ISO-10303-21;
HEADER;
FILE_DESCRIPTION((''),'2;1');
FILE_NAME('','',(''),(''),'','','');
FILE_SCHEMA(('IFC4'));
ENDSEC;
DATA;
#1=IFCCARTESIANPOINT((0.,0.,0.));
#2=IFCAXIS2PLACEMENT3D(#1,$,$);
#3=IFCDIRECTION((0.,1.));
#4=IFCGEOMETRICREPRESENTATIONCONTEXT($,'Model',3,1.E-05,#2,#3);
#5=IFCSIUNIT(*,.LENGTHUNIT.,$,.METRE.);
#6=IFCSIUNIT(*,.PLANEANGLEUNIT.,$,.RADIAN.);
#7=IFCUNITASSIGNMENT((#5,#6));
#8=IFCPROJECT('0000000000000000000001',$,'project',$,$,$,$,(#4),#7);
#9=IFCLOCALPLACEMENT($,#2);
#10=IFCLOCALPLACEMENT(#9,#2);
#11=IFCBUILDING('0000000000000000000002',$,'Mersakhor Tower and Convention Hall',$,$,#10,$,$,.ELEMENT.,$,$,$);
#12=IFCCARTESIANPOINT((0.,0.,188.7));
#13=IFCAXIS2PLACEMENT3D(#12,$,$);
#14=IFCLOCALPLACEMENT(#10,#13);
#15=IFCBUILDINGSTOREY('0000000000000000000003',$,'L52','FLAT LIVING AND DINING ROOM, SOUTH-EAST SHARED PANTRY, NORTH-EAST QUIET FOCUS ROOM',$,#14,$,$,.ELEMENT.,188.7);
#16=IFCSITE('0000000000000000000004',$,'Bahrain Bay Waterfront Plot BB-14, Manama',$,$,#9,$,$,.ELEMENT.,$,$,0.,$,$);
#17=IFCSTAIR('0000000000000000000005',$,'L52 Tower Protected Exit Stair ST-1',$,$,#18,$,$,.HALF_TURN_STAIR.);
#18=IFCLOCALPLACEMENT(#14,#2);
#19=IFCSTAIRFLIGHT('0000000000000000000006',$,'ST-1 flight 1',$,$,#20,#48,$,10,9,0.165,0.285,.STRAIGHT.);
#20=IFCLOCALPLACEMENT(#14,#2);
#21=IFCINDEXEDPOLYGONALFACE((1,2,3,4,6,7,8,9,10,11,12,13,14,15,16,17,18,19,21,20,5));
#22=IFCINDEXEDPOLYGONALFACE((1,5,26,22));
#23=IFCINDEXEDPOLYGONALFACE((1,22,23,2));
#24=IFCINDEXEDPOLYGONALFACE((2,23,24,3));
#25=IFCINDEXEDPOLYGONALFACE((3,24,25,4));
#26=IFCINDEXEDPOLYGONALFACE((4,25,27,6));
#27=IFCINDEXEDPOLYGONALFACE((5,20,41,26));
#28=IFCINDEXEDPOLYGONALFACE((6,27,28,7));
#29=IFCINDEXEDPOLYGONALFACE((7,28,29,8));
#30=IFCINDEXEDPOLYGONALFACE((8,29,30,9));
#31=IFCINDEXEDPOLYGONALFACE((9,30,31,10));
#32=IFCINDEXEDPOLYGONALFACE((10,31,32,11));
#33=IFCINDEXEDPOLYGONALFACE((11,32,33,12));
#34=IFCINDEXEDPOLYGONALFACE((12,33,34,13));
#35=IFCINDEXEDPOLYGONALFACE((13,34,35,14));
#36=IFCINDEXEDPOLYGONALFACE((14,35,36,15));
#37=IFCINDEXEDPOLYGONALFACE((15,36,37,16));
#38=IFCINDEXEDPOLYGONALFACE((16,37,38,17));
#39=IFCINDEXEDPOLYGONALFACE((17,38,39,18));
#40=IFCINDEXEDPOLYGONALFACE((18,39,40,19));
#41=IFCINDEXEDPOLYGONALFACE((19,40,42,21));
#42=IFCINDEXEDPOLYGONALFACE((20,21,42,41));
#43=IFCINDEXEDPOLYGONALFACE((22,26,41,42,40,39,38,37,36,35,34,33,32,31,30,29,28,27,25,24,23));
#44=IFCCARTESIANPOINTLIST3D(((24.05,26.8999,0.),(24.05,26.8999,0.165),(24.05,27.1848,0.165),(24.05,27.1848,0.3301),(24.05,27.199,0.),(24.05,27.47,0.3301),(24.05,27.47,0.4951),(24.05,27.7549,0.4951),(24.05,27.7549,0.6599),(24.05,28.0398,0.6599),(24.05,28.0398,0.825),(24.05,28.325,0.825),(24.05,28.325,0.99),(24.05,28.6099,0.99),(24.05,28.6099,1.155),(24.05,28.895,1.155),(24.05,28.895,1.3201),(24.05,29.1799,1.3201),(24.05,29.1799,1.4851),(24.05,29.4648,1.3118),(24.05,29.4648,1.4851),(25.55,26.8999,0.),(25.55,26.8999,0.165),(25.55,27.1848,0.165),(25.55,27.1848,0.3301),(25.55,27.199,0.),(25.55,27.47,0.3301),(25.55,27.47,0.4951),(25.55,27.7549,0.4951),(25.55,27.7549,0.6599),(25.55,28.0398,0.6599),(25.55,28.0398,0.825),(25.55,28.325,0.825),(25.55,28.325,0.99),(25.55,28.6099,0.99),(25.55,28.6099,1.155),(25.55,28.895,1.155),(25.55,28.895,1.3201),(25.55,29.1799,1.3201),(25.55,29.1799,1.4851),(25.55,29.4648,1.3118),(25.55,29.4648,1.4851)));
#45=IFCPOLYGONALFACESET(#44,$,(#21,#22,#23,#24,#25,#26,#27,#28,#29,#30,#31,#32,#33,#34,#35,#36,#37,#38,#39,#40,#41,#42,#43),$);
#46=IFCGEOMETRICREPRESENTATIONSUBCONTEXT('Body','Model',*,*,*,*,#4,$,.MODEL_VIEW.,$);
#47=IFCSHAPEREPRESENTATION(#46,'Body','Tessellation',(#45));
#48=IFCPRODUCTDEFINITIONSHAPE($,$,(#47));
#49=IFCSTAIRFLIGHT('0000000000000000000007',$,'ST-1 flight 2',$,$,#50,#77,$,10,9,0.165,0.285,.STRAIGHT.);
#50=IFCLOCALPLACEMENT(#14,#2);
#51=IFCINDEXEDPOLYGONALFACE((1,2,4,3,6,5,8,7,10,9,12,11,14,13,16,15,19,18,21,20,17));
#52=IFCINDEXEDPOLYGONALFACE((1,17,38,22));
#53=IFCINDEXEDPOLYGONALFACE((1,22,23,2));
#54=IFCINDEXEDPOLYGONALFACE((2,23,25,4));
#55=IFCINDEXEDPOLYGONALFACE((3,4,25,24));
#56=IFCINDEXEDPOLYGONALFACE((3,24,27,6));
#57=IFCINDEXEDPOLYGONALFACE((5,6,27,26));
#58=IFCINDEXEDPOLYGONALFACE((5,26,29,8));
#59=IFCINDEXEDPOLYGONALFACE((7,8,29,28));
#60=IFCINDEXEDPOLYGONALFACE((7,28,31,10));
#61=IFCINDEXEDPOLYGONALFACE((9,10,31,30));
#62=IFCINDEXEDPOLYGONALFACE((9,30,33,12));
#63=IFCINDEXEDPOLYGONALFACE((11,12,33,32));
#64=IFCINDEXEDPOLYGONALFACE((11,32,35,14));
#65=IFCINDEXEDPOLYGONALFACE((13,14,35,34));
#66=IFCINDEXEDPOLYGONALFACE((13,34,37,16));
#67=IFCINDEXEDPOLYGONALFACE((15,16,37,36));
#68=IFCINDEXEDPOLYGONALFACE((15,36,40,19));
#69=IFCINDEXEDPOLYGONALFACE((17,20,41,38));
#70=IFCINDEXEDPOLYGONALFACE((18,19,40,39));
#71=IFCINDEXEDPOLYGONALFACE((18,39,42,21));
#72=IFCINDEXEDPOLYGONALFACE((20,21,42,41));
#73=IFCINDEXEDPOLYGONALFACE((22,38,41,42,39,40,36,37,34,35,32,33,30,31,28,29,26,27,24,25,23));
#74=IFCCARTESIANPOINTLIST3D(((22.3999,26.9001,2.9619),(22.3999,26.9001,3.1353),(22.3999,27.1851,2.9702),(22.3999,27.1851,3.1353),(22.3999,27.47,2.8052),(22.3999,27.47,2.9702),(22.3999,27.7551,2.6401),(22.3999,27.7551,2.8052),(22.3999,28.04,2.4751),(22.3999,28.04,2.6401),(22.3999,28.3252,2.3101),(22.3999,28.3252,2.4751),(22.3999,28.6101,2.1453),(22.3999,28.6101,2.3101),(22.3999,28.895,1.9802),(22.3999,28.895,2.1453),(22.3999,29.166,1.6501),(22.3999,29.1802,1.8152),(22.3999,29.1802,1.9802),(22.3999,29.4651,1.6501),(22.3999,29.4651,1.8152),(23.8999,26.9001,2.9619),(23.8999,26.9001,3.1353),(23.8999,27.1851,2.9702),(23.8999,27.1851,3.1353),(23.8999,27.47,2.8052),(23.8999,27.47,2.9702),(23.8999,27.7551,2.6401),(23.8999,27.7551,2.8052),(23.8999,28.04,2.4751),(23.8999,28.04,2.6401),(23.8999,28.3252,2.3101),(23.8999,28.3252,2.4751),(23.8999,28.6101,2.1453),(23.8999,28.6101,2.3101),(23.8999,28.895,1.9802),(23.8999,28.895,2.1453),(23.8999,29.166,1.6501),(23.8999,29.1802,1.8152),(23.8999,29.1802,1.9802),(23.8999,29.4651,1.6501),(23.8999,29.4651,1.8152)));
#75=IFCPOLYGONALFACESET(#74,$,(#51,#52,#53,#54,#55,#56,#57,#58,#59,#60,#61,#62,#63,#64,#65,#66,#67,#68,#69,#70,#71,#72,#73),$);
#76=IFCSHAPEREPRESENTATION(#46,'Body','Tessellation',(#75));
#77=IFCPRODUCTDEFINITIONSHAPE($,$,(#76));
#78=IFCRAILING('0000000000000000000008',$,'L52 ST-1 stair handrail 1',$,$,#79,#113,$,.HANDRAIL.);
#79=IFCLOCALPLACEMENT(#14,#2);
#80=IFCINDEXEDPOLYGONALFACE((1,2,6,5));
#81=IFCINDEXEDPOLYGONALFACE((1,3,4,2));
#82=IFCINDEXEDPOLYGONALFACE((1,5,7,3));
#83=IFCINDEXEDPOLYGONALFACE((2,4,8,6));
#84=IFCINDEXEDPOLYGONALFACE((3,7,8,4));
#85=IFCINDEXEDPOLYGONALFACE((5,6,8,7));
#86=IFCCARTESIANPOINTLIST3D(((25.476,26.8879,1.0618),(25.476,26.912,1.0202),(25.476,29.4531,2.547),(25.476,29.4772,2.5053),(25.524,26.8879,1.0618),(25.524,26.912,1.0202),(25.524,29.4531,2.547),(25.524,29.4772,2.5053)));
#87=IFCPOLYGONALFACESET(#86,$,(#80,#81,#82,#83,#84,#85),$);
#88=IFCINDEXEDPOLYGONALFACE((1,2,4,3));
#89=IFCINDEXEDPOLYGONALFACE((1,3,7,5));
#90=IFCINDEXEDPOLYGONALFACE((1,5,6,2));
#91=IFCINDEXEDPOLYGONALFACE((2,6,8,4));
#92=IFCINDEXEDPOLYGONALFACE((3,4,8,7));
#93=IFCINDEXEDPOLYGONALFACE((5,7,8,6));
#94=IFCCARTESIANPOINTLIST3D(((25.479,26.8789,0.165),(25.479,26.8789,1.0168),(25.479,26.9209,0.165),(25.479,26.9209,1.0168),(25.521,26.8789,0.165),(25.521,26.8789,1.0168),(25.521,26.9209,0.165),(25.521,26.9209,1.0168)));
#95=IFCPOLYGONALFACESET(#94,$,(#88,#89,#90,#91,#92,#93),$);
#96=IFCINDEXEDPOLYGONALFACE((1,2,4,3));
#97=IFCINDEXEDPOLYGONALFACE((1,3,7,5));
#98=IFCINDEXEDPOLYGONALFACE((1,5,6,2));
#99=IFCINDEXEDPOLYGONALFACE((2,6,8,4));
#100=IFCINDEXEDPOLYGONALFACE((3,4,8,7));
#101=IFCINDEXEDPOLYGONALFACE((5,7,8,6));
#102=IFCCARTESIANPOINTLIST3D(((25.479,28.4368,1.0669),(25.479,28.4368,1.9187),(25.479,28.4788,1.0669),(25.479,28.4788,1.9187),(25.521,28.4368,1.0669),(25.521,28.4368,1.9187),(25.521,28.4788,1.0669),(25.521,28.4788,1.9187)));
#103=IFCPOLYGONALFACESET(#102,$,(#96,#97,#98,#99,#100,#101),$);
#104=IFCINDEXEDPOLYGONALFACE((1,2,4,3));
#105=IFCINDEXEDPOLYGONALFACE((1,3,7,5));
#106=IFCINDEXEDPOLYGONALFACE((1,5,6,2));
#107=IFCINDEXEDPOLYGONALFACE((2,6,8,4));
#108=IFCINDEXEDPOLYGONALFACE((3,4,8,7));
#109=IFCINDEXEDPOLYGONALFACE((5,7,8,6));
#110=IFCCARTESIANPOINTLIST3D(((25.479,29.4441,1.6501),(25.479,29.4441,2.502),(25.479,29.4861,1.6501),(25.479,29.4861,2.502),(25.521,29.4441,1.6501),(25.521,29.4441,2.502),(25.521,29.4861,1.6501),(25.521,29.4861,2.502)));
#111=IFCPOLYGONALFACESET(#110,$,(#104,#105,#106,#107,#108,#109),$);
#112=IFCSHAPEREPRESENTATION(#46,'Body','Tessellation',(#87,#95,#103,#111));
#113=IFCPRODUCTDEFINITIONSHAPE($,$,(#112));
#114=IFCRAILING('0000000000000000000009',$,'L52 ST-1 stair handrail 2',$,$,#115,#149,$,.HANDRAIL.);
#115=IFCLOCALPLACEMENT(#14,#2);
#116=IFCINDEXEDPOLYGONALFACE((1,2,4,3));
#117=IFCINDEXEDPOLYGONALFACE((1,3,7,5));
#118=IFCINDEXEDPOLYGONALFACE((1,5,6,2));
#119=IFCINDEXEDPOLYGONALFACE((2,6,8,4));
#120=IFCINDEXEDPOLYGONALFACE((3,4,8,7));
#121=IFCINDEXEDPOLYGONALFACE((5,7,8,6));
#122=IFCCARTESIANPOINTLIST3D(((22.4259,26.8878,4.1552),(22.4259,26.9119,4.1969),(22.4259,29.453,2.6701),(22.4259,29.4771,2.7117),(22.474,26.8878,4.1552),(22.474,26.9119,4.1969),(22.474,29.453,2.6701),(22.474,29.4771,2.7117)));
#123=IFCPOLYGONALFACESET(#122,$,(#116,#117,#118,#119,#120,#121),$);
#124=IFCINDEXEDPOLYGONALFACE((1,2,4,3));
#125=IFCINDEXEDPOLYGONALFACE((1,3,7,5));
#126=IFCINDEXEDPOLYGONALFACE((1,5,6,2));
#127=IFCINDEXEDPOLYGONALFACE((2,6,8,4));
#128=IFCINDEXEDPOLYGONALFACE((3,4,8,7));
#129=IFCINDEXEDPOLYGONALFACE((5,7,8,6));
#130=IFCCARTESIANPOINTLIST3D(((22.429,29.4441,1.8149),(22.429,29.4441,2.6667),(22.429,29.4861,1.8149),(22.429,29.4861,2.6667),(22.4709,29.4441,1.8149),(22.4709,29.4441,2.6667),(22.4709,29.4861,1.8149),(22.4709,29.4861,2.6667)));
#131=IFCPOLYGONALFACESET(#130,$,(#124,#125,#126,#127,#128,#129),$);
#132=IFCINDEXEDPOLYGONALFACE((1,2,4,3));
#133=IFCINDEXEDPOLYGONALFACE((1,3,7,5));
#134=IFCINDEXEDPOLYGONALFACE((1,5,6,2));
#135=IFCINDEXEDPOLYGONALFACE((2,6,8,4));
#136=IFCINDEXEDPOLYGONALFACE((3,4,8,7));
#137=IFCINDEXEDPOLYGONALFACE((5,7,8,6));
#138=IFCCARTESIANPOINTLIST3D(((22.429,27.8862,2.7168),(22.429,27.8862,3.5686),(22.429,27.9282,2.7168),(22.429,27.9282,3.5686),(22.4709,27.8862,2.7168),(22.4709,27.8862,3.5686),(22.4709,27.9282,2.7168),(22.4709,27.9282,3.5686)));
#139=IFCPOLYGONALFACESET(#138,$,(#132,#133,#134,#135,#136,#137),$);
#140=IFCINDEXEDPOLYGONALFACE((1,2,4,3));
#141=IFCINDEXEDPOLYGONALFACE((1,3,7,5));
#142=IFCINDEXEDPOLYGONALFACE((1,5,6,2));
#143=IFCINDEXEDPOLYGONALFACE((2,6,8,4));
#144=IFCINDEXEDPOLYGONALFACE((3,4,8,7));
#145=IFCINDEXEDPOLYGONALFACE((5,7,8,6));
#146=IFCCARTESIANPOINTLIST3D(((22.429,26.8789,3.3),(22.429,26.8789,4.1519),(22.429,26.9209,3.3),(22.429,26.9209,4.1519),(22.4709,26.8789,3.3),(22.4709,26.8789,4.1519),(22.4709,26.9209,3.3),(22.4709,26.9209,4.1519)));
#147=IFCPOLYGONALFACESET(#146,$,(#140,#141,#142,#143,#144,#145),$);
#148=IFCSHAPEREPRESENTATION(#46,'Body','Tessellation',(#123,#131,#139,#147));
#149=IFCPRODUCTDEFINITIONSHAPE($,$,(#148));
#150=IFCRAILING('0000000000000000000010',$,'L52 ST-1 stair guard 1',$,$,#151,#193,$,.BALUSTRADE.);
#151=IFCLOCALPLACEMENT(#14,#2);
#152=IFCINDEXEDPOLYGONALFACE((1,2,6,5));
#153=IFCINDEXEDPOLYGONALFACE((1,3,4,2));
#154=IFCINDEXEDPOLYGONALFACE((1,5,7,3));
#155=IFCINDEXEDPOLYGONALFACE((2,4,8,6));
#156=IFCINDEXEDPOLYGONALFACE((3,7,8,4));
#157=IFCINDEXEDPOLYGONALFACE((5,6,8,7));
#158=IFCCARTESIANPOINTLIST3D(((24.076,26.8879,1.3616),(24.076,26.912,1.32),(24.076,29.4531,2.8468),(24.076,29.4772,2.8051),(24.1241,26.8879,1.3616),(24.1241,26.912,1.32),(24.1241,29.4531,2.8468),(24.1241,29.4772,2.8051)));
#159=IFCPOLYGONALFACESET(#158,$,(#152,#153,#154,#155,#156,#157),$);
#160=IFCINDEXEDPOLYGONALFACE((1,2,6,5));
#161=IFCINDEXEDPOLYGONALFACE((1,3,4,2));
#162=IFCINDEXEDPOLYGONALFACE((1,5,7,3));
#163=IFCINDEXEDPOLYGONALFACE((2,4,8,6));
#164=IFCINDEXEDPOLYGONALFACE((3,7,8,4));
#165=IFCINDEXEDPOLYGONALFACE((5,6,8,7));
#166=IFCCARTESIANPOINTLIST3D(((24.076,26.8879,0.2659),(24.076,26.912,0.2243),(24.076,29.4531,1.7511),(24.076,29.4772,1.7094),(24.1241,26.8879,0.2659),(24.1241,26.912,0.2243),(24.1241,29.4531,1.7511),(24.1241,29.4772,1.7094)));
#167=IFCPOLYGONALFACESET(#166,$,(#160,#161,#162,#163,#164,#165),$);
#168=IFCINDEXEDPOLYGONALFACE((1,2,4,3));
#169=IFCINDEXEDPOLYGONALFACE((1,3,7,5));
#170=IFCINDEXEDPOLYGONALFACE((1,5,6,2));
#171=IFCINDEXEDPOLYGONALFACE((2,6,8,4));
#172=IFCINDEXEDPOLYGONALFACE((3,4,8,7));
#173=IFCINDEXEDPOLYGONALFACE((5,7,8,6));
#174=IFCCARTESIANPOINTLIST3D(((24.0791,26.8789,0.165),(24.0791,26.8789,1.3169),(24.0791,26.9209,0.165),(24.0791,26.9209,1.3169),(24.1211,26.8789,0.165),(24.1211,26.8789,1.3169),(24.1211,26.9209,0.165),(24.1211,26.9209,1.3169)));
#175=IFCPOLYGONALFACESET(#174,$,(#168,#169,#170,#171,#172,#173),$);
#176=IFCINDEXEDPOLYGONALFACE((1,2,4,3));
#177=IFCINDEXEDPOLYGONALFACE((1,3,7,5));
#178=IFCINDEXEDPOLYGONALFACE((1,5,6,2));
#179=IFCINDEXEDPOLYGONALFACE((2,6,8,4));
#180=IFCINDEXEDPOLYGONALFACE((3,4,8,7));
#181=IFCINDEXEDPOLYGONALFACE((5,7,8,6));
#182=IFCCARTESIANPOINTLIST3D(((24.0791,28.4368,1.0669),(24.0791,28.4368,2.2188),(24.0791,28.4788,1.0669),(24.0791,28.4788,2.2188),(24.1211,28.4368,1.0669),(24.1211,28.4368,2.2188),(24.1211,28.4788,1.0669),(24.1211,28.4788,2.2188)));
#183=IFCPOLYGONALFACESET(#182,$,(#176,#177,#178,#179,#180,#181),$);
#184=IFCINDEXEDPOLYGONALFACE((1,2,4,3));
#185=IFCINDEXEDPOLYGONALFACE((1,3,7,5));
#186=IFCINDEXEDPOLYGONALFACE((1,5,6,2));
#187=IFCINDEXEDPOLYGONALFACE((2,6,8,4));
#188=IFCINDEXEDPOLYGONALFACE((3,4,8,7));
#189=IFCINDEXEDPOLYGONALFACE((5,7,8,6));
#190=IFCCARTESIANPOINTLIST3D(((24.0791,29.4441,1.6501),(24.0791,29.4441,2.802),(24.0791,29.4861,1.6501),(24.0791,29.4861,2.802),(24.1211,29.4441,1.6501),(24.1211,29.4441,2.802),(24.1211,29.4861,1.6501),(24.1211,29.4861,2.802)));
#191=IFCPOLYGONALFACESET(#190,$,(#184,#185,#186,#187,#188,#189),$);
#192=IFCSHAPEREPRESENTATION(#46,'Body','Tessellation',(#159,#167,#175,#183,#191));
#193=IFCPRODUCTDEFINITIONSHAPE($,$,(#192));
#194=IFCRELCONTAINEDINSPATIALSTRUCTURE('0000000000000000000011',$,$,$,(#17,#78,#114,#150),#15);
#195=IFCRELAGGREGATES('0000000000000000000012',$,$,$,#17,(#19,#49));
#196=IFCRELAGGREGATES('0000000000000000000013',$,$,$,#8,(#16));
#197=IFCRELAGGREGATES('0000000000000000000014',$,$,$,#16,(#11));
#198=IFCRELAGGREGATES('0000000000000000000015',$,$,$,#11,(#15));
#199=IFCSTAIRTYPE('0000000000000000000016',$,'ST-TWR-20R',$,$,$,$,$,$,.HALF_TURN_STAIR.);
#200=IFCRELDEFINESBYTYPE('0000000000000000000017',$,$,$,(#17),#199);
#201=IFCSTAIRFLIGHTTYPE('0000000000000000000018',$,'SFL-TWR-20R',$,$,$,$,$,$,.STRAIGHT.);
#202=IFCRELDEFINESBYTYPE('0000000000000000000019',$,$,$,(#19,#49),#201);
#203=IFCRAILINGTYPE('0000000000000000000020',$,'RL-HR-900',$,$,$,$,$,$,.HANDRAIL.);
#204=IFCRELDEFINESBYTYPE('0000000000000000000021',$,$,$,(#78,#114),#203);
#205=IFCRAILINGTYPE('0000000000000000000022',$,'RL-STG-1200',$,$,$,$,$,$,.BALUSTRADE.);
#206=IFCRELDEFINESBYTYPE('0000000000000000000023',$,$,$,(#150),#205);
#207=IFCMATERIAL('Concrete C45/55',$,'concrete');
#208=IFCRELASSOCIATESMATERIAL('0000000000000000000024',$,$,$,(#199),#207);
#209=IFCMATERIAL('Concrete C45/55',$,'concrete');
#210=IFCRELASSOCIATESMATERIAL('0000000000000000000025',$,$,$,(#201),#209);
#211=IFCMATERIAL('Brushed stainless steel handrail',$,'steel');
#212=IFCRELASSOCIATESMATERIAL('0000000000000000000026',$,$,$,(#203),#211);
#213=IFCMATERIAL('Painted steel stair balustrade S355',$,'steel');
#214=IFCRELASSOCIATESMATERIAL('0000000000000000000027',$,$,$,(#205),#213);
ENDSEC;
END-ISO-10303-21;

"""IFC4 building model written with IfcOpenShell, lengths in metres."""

from ifc_helpers import new_model, si_unit, direction, frame, origin, origin_2d, place, context, subcontext, project, spatial, polyline, rectangle, outline, extrude, material, type_object, element, aggregate, save


model = new_model("IFC4")

# Units and contexts
model_context = context("Model", 3, precision=1e-05, world=origin(), true_north=direction((0.0, 1.0)))
body_context = subcontext(model_context, "Body", "Model", "MODEL_VIEW")
ifc_project = project(units=[si_unit("LENGTHUNIT", "METRE"), si_unit("PLANEANGLEUNIT", "RADIAN")], contexts=[model_context])

# Site, building, storey
site_placement = place(None, origin())
site = spatial("IfcSite", under=ifc_project, at=site_placement, Name="Bahrain Bay Waterfront Plot BB-14, Manama", CompositionType="ELEMENT", RefElevation=0.0)
building_placement = place(site_placement, origin())
building = spatial("IfcBuilding", under=site, at=building_placement, Name="Mersakhor Tower and Convention Hall", CompositionType="ELEMENT")
storey_placement = place(building_placement, frame((0.0, 0.0, 188.7)))
storey = spatial("IfcBuildingStorey", under=building, at=storey_placement, Name="L52", Description="FLAT LIVING AND DINING ROOM, SOUTH-EAST SHARED PANTRY, NORTH-EAST QUIET FOCUS ROOM", CompositionType="ELEMENT", Elevation=188.7)

# Stair, stair flights
ifc_material_1 = material(Name="Concrete C45/55", Category="concrete")
stair_type = type_object("IfcStairType", Name="ST-TWR-20R", PredefinedType="HALF_TURN_STAIR", material=ifc_material_1)
stair_placement = place(storey_placement, origin())
stair = element("IfcStair", 1, at=stair_placement, inside=storey, type_object=stair_type, Name="L52 Tower Protected Exit Stair ST-1", PredefinedType="HALF_TURN_STAIR")
ifc_material_2 = material(Name="Concrete C45/55", Category="concrete")
stair_flight_type = type_object("IfcStairFlightType", Name="SFL-TWR-20R", PredefinedType="STRAIGHT", material=ifc_material_2)
stair_flight_1_placement = place(storey_placement, frame((24.8, 26.8999, 0.0), z_axis=(0.0, 0.0, 1.0), x_axis=(0.0, 1.0, 0.0)))
stair_flight_1 = element("IfcStairFlight", 2, at=stair_flight_1_placement, type_object=stair_flight_type, Name="ST-1 flight 1", NumberOfRisers=10, NumberOfTreads=9, PredefinedType="STRAIGHT", RiserHeight=0.165, TreadLength=0.285, context=body_context, shape_type="SweptSolid", body=[
    extrude(outline(polyline([(0.0, 0.0), (0.0, 0.165), (0.2849, 0.165), (0.2849, 0.3301), (0.5701, 0.3301), (0.5701, 0.4951), (0.855, 0.4951), (0.855, 0.6599), (1.1399, 0.6599), (1.1399, 0.825), (1.425, 0.825), (1.425, 0.99), (1.71, 0.99), (1.71, 1.155), (1.9951, 1.155), (1.9951, 1.3201), (2.28, 1.3201), (2.28, 1.4851), (2.5649, 1.4851), (2.5649, 1.6499), (2.5649, 1.3118), (0.2991, 0.0), (0.0, 0.0)])), frame((0.0, 0.75, 0.0), z_axis=(0.0, -1.0, 0.0), x_axis=(1.0, 0.0, 0.0)), (0.0, 0.0, 1.0), 1.5),
])
stair_flight_2_placement = place(storey_placement, frame((23.1499, 29.4651, 1.6501), z_axis=(0.0, 0.0, 1.0), x_axis=(0.0, -1.0, 0.0)))
stair_flight_2 = element("IfcStairFlight", 3, at=stair_flight_2_placement, type_object=stair_flight_type, Name="ST-1 flight 2", NumberOfRisers=10, NumberOfTreads=9, PredefinedType="STRAIGHT", RiserHeight=0.165, TreadLength=0.285, context=body_context, shape_type="SweptSolid", body=[
    extrude(outline(polyline([(0.0, 0.0), (0.0, 0.165), (0.2849, 0.165), (0.2849, 0.3301), (0.5701, 0.3301), (0.5701, 0.4951), (0.855, 0.4951), (0.855, 0.6599), (1.1399, 0.6599), (1.1399, 0.825), (1.425, 0.825), (1.425, 0.99), (1.71, 0.99), (1.71, 1.155), (1.9951, 1.155), (1.9951, 1.3201), (2.28, 1.3201), (2.28, 1.4851), (2.5649, 1.4851), (2.5649, 1.6499), (2.5649, 1.3118), (0.2991, 0.0), (0.0, 0.0)])), frame((0.0, 0.75, 0.0), z_axis=(0.0, -1.0, 0.0), x_axis=(1.0, 0.0, 0.0)), (0.0, 0.0, 1.0), 1.5),
])
aggregate(stair, [stair_flight_1, stair_flight_2])

# Railings
ifc_material_3 = material(Name="Brushed stainless steel handrail", Category="steel")
railing_type_1 = type_object("IfcRailingType", Name="RL-HR-900", PredefinedType="HANDRAIL", material=ifc_material_3)
railing_1_placement = place(storey_placement, frame((25.5, 26.8999, 0.165)))
element("IfcRailing", 4, at=railing_1_placement, inside=storey, type_object=railing_type_1, Name="L52 ST-1 stair handrail 1", PredefinedType="HANDRAIL", context=body_context, shape_type="SweptSolid", body=[
    extrude(rectangle(XDim=0.0481, YDim=0.0481, at=origin_2d()), frame((0.0, 0.0, 0.876), z_axis=(0.0, 0.865426, 0.501036), x_axis=(-1.0, 0.0, 0.0)), (0.0, 0.0, 1.0), 2.9641),
    extrude(rectangle(XDim=0.042, YDim=0.042, at=origin_2d()), origin(), (0.0, 0.0, 1.0), 0.8518),
    extrude(rectangle(XDim=0.042, YDim=0.042, at=origin_2d()), frame((0.0, 1.5579, 0.9019)), (0.0, 0.0, 1.0), 0.8518),
    extrude(rectangle(XDim=0.042, YDim=0.042, at=origin_2d()), frame((0.0, 2.5652, 1.4851)), (0.0, 0.0, 1.0), 0.8518),
])
railing_2_placement = place(storey_placement, frame((22.45, 29.4651, 1.8149)))
element("IfcRailing", 5, at=railing_2_placement, inside=storey, type_object=railing_type_1, Name="L52 ST-1 stair handrail 2", PredefinedType="HANDRAIL", context=body_context, shape_type="SweptSolid", body=[
    extrude(rectangle(XDim=0.0481, YDim=0.0481, at=origin_2d()), frame((0.0, 0.0, 0.876), z_axis=(0.0, -0.865426, 0.501036), x_axis=(1.0, 0.0, 0.0)), (0.0, 0.0, 1.0), 2.9641),
    extrude(rectangle(XDim=0.042, YDim=0.042, at=origin_2d()), origin(), (0.0, 0.0, 1.0), 0.8518),
    extrude(rectangle(XDim=0.042, YDim=0.042, at=origin_2d()), frame((0.0, -1.5579, 0.9019)), (0.0, 0.0, 1.0), 0.8518),
    extrude(rectangle(XDim=0.042, YDim=0.042, at=origin_2d()), frame((0.0, -2.5652, 1.4851)), (0.0, 0.0, 1.0), 0.8518),
])
ifc_material_4 = material(Name="Painted steel stair balustrade S355", Category="steel")
railing_type_2 = type_object("IfcRailingType", Name="RL-STG-1200", PredefinedType="BALUSTRADE", material=ifc_material_4)
railing_3_placement = place(storey_placement, frame((24.1001, 26.8999, 0.165)))
element("IfcRailing", 6, at=railing_3_placement, inside=storey, type_object=railing_type_2, Name="L52 ST-1 stair guard 1", PredefinedType="BALUSTRADE", context=body_context, shape_type="SweptSolid", body=[
    extrude(rectangle(XDim=0.0481, YDim=0.0481, at=origin_2d()), frame((0.0, 0.0, 1.1758), z_axis=(0.0, 0.865426, 0.501036), x_axis=(-1.0, 0.0, 0.0)), (0.0, 0.0, 1.0), 2.9641),
    extrude(rectangle(XDim=0.0481, YDim=0.0481, at=origin_2d()), frame((0.0, 0.0, 0.0801), z_axis=(0.0, 0.865426, 0.501036), x_axis=(-1.0, 0.0, 0.0)), (0.0, 0.0, 1.0), 2.9641),
    extrude(rectangle(XDim=0.042, YDim=0.042, at=origin_2d()), origin(), (0.0, 0.0, 1.0), 1.1519),
    extrude(rectangle(XDim=0.042, YDim=0.042, at=origin_2d()), frame((0.0, 1.5579, 0.9019)), (0.0, 0.0, 1.0), 1.1519),
    extrude(rectangle(XDim=0.042, YDim=0.042, at=origin_2d()), frame((0.0, 2.5652, 1.4851)), (0.0, 0.0, 1.0), 1.1519),
])

save(model, "model.ifc")
